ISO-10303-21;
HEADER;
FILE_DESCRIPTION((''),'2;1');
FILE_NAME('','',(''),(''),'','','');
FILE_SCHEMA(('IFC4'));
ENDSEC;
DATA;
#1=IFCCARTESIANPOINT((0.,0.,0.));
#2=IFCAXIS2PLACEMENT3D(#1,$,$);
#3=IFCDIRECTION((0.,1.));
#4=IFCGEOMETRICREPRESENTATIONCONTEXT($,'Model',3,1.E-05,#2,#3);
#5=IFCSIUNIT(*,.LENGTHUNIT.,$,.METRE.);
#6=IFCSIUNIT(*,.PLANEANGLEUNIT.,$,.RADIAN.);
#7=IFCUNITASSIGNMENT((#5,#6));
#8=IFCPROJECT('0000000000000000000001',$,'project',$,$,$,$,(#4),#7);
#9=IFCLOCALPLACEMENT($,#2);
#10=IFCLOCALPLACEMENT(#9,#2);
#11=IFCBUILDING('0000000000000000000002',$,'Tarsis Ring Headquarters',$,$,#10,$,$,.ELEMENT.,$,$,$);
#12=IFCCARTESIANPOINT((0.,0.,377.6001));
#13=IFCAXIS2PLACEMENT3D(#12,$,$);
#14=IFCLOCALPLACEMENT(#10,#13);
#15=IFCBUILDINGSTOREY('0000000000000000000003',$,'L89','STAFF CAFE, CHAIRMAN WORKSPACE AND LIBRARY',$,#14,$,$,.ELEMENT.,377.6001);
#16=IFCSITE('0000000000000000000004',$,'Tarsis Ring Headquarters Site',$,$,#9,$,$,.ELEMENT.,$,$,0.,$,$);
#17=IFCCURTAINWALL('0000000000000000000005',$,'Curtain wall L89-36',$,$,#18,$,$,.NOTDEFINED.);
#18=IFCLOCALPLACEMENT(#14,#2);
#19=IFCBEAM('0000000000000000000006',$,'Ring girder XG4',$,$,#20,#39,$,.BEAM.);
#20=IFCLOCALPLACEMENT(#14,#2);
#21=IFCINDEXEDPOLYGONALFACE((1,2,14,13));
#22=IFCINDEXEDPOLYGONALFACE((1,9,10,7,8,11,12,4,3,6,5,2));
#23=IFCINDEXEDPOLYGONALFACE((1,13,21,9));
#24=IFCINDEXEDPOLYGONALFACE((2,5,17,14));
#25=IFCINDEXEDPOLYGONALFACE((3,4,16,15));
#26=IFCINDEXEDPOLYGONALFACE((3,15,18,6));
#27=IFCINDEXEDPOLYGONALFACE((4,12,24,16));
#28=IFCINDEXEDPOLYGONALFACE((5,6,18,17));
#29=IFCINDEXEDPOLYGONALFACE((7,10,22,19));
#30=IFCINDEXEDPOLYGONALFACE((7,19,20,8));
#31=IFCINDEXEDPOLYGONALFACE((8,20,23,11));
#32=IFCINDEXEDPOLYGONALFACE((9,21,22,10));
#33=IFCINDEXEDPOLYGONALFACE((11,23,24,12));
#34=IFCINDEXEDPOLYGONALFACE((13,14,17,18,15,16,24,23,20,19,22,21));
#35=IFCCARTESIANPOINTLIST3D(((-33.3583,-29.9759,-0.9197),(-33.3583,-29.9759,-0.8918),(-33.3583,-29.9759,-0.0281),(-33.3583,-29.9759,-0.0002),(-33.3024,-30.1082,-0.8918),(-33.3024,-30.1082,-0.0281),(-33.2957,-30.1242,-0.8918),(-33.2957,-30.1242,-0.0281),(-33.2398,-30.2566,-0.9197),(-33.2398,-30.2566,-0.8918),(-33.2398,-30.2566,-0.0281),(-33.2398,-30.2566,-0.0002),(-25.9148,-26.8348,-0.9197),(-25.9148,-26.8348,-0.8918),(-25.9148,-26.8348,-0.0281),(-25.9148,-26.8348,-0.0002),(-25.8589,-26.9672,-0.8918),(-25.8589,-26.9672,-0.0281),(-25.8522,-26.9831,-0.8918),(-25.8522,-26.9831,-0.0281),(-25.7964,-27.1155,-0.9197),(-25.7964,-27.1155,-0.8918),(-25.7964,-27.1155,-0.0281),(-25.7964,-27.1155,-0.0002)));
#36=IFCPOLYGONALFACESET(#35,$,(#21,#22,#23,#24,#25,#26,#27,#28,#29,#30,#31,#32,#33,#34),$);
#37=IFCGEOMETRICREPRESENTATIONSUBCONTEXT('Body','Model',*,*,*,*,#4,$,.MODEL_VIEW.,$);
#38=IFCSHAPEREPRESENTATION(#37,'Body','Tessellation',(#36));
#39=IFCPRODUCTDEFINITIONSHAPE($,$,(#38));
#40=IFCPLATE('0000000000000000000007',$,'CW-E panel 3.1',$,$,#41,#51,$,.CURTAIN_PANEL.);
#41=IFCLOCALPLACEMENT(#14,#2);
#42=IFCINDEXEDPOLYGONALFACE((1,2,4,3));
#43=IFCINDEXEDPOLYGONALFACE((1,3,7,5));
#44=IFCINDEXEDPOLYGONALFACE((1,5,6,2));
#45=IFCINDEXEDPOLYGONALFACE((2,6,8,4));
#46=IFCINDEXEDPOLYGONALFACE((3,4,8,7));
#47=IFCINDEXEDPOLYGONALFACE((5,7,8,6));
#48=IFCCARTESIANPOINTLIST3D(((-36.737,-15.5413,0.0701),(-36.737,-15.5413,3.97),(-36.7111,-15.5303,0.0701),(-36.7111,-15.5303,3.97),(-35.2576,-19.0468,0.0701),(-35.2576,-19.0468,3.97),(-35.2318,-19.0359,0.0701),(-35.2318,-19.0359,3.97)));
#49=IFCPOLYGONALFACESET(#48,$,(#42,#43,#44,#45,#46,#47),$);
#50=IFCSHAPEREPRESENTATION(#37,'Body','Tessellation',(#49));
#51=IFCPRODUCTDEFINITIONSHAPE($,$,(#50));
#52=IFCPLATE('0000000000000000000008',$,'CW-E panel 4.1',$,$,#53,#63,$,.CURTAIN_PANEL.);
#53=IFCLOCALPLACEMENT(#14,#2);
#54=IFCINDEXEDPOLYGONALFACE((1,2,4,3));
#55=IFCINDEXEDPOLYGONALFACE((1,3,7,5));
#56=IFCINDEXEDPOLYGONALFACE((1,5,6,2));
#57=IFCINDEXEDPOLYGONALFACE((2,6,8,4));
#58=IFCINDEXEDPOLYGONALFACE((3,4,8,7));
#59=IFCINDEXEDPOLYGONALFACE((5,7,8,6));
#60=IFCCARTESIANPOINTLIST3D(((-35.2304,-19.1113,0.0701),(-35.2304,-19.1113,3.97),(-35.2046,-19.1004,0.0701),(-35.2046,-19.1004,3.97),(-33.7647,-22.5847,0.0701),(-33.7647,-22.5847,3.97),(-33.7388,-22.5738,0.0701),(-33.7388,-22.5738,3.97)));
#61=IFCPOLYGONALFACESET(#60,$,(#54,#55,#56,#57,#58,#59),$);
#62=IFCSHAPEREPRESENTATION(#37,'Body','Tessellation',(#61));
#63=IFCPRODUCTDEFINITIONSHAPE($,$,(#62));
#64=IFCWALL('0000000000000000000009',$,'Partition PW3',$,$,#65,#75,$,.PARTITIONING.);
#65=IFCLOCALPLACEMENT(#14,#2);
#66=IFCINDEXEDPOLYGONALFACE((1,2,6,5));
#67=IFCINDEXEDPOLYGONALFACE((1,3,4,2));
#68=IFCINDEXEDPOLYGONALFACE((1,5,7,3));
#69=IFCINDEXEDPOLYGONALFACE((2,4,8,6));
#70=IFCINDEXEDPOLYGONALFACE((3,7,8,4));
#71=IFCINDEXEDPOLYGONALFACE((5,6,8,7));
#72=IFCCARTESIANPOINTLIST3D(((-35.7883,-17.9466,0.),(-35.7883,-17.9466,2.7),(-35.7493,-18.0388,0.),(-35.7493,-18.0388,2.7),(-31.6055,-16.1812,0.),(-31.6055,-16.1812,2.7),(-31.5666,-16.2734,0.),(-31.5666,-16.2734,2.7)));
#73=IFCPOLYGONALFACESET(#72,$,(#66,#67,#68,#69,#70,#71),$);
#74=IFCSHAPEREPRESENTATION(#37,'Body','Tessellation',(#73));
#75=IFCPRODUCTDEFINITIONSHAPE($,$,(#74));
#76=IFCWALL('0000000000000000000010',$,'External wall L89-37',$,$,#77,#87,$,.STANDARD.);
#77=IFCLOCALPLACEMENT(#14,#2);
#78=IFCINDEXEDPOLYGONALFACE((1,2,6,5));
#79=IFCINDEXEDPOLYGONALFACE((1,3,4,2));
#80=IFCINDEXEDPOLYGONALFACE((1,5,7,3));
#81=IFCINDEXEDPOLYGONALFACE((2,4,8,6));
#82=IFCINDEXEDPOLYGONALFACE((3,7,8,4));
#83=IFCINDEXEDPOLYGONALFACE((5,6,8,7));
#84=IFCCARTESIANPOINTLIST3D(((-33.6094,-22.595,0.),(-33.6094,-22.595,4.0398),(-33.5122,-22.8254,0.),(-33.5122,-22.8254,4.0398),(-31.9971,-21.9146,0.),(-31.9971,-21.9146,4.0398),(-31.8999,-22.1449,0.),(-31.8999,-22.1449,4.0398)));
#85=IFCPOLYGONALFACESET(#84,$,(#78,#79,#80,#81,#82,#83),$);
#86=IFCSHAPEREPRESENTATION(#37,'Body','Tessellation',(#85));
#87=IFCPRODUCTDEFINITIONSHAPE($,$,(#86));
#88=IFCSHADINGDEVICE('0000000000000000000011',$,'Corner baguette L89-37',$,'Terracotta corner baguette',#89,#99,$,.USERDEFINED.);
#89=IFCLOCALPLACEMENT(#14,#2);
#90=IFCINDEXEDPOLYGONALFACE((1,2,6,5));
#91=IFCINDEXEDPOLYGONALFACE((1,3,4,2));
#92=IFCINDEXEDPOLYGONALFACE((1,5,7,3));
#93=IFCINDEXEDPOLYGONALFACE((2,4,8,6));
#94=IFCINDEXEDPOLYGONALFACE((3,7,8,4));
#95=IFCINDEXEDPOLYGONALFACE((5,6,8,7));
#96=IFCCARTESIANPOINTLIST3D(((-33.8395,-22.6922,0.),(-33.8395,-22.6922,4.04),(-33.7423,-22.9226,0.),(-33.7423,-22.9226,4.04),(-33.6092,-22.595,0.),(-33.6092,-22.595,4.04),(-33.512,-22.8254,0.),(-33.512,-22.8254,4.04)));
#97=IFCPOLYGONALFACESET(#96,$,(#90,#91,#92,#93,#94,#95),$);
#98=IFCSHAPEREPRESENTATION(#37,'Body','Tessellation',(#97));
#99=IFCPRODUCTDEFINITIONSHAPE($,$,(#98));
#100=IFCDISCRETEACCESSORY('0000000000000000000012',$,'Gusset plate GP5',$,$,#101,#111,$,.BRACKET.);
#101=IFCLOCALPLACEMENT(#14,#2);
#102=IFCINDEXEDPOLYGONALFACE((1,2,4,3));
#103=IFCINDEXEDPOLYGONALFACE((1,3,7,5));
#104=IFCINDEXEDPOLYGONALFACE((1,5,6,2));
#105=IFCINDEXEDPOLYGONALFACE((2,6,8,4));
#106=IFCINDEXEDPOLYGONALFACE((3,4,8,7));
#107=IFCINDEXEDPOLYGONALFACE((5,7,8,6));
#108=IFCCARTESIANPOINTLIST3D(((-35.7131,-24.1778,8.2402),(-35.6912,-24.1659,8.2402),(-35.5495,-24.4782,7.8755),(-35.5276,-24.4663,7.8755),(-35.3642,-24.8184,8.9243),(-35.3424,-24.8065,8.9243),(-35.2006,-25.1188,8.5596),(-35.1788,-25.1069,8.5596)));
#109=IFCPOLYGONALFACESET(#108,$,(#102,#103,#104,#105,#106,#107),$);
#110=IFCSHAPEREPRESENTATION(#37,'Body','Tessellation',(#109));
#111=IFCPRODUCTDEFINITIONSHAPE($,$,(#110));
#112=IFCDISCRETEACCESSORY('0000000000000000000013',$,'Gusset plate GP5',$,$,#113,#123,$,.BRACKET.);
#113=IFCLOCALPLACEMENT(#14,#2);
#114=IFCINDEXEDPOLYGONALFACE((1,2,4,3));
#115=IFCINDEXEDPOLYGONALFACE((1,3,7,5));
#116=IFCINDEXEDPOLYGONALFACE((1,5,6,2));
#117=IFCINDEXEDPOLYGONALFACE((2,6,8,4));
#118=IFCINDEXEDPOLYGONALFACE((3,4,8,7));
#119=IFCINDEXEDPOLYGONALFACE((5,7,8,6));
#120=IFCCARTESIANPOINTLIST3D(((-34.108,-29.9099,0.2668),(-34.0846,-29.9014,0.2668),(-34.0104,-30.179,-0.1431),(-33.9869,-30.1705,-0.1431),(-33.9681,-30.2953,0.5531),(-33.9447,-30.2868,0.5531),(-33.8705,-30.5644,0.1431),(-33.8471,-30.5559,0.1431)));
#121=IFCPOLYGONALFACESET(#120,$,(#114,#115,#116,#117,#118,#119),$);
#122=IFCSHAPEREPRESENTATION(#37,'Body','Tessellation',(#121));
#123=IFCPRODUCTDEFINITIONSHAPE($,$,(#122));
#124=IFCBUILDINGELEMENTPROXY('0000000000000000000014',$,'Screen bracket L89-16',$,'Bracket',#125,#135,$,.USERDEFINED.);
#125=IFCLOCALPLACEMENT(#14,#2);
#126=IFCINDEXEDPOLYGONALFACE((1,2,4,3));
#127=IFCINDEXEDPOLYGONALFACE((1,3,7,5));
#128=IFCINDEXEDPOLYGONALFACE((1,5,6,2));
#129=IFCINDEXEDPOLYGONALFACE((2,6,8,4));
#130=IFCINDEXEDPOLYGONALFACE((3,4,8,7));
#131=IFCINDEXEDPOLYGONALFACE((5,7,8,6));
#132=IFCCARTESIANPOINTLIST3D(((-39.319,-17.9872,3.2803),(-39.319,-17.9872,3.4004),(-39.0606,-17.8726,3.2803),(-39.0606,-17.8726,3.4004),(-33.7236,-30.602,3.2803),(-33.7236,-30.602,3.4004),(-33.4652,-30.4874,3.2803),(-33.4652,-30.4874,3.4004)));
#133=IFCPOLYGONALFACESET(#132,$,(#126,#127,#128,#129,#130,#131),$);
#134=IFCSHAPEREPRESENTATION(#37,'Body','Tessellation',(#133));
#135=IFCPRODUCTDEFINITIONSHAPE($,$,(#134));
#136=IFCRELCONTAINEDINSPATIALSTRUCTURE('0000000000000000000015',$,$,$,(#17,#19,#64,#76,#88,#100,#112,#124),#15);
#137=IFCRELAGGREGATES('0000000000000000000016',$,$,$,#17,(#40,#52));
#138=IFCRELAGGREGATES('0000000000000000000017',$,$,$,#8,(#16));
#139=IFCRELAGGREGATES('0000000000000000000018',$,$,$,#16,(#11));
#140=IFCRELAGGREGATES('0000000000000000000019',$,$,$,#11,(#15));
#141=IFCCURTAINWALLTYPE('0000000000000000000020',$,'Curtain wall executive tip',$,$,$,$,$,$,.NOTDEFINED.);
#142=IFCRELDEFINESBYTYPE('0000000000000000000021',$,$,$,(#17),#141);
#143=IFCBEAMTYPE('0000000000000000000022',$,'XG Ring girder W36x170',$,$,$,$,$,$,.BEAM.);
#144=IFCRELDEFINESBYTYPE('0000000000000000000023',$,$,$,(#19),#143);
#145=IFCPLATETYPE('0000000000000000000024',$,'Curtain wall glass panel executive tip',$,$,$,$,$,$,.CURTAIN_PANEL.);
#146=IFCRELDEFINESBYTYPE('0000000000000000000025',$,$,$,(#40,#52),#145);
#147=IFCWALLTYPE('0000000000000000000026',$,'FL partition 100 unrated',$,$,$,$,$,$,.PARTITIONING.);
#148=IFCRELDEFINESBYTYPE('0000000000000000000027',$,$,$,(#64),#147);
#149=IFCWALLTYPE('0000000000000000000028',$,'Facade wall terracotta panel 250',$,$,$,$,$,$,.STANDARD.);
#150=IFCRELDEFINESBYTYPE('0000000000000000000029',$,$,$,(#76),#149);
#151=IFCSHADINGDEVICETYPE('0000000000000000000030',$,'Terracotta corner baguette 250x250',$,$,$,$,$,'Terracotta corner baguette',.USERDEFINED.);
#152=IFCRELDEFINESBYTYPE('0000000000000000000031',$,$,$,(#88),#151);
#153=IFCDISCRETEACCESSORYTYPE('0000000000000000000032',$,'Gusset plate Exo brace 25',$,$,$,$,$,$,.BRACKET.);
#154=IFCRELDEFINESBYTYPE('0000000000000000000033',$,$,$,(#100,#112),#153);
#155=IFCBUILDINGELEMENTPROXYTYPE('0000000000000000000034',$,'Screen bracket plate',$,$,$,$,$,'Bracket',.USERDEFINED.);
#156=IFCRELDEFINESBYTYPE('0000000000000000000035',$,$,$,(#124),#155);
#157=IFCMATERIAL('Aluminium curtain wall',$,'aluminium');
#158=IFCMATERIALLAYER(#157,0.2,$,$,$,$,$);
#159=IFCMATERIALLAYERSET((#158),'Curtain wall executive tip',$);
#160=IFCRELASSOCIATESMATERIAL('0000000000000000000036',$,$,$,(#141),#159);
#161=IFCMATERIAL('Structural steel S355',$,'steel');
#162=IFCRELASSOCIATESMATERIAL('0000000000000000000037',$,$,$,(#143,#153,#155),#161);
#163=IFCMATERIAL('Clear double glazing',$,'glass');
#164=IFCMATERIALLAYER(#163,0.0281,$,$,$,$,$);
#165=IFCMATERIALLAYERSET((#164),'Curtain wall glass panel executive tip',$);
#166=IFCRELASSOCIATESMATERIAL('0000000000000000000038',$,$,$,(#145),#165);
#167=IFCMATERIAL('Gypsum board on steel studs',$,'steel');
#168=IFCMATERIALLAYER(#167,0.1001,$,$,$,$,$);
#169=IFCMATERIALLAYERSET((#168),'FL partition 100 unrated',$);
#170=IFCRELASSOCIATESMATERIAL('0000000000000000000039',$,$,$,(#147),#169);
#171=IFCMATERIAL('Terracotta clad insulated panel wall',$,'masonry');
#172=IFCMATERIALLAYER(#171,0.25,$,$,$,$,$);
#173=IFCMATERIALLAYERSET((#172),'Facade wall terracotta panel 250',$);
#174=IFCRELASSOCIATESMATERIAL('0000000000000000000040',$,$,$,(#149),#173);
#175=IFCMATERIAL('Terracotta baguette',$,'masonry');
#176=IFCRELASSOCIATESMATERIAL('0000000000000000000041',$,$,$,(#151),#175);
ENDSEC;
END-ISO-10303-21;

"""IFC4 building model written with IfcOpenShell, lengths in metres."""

from ifc_helpers import new_model, si_unit, direction, frame, frame_2d, origin, origin_2d, place, context, subcontext, project, spatial, rectangle, i_section, extrude, material, layer, layer_set, material_profile, profile_set, type_object, element, aggregate, save


model = new_model("IFC4")

# Units and contexts
model_context = context("Model", 3, precision=1e-05, world=origin(), true_north=direction((0.0, 1.0)))
body_context = subcontext(model_context, "Body", "Model", "MODEL_VIEW")
ifc_project = project(units=[si_unit("LENGTHUNIT", "METRE"), si_unit("PLANEANGLEUNIT", "RADIAN")], contexts=[model_context])

# Site, building, storey
site_placement = place(None, origin())
site = spatial("IfcSite", under=ifc_project, at=site_placement, Name="Tarsis Ring Headquarters Site", CompositionType="ELEMENT", RefElevation=0.0)
building_placement = place(site_placement, origin())
building = spatial("IfcBuilding", under=site, at=building_placement, Name="Tarsis Ring Headquarters", CompositionType="ELEMENT")
storey_placement = place(building_placement, frame((0.0, 0.0, 377.6001)))
storey = spatial("IfcBuildingStorey", under=building, at=storey_placement, Name="L89", Description="STAFF CAFE, CHAIRMAN WORKSPACE AND LIBRARY", CompositionType="ELEMENT", Elevation=377.6001)

# Shared definitions
ifc_material_1 = material(Name="Structural steel S355", Category="steel")

# Curtain wall
ifc_material_2 = material(Name="Aluminium curtain wall", Category="aluminium")
ifc_layer_1 = layer(ifc_material_2, 0.2)
ifc_layer_set_1 = layer_set([ifc_layer_1], Name="Curtain wall executive tip")
curtain_wall_type = type_object("IfcCurtainWallType", Name="Curtain wall executive tip", PredefinedType="NOTDEFINED", material=ifc_layer_set_1)
curtain_wall_placement = place(storey_placement, origin())
curtain_wall = element("IfcCurtainWall", 1, at=curtain_wall_placement, inside=storey, type_object=curtain_wall_type, Name="Curtain wall L89-36", PredefinedType="NOTDEFINED")

# Beam
ifc_material_profile_1 = material_profile(ifc_material_1, i_section(OverallWidth=0.3047, OverallDepth=0.9194, WebThickness=0.0173, FlangeThickness=0.0278, at=origin_2d()), Name="W36x170")
ifc_profile_set_1 = profile_set([ifc_material_profile_1], Name="Structural steel S355")
beam_type = type_object("IfcBeamType", Name="XG Ring girder W36x170", PredefinedType="BEAM", material=ifc_profile_set_1)
beam_1_placement = place(storey_placement, frame((-33.2991, -30.1162, -0.46), z_axis=(0.921327, 0.388789, 0.0), x_axis=(-0.388789, 0.921327, 0.0)))
element("IfcBeam", 2, at=beam_1_placement, inside=storey, type_object=beam_type, Name="Ring girder XG4", PredefinedType="BEAM", context=body_context, shape_type="SweptSolid", body=[
    extrude(i_section(OverallWidth=0.3047, OverallDepth=0.9194, WebThickness=0.0173, FlangeThickness=0.0278, at=origin_2d()), origin(), (0.0, 0.0, 1.0), 8.0791),
])

# Plates
ifc_material_3 = material(Name="Clear double glazing", Category="glass")
ifc_layer_2 = layer(ifc_material_3, 0.0281)
ifc_layer_set_2 = layer_set([ifc_layer_2], Name="Curtain wall glass panel executive tip")
plate_type = type_object("IfcPlateType", Name="Curtain wall glass panel executive tip", PredefinedType="CURTAIN_PANEL", material=ifc_layer_set_2)
plate_1_placement = place(storey_placement, frame((-35.9844, -17.2886, 0.0701), z_axis=(0.0, 0.0, 1.0), x_axis=(0.388802, -0.921321, 0.0)))
plate_1 = element("IfcPlate", 3, at=plate_1_placement, type_object=plate_type, Name="CW-E panel 3.1", PredefinedType="CURTAIN_PANEL", context=body_context, shape_type="SweptSolid", body=[
    extrude(rectangle(XDim=3.8049, YDim=0.0281, at=origin_2d()), origin(), (0.0, 0.0, 1.0), 3.8999),
])
plate_2_placement = place(storey_placement, frame((-34.4846, -20.8425, 0.0701), z_axis=(0.0, 0.0, 1.0), x_axis=(0.388802, -0.921321, 0.0)))
plate_2 = element("IfcPlate", 4, at=plate_2_placement, type_object=plate_type, Name="CW-E panel 4.1", PredefinedType="CURTAIN_PANEL", context=body_context, shape_type="SweptSolid", body=[
    extrude(rectangle(XDim=3.77, YDim=0.0281, at=origin_2d()), origin(), (0.0, 0.0, 1.0), 3.8999),
])
aggregate(curtain_wall, [plate_1, plate_2])

# Walls
ifc_material_4 = material(Name="Gypsum board on steel studs", Category="steel")
ifc_layer_3 = layer(ifc_material_4, 0.1001)
ifc_layer_set_3 = layer_set([ifc_layer_3], Name="FL partition 100 unrated")
wall_type_1 = type_object("IfcWallType", Name="FL partition 100 unrated", PredefinedType="PARTITIONING", material=ifc_layer_set_3)
wall_1_placement = place(storey_placement, frame((-35.7688, -17.9927, 0.0), z_axis=(0.0, 0.0, 1.0), x_axis=(0.921306, 0.388838, 0.0)))
element("IfcWall", 5, at=wall_1_placement, inside=storey, type_object=wall_type_1, Name="Partition PW3", PredefinedType="PARTITIONING", context=body_context, shape_type="SweptSolid", body=[
    extrude(rectangle(XDim=4.54, YDim=0.1001, at=frame_2d((2.27, 0.0))), origin(), (0.0, 0.0, 1.0), 2.7),
])
ifc_material_5 = material(Name="Terracotta clad insulated panel wall", Category="masonry")
ifc_layer_4 = layer(ifc_material_5, 0.25)
ifc_layer_set_4 = layer_set([ifc_layer_4], Name="Facade wall terracotta panel 250")
wall_type_2 = type_object("IfcWallType", Name="Facade wall terracotta panel 250", PredefinedType="STANDARD", material=ifc_layer_set_4)
wall_2_placement = place(storey_placement, frame((-33.5608, -22.7102, 0.0), z_axis=(0.0, 0.0, 1.0), x_axis=(0.921317, 0.388812, 0.0)))
element("IfcWall", 6, at=wall_2_placement, inside=storey, type_object=wall_type_2, Name="External wall L89-37", PredefinedType="STANDARD", context=body_context, shape_type="SweptSolid", body=[
    extrude(rectangle(XDim=1.75, YDim=0.25, at=frame_2d((0.875, 0.0))), origin(), (0.0, 0.0, 1.0), 4.0398),
])

# Shading device
ifc_material_6 = material(Name="Terracotta baguette", Category="masonry")
shading_device_type_1 = type_object("IfcShadingDeviceType", Name="Terracotta corner baguette 250x250", ElementType="Terracotta corner baguette", PredefinedType="USERDEFINED", material=ifc_material_6)
shading_device_1_placement = place(storey_placement, frame((-33.6758, -22.7588, 0.0), z_axis=(0.0, 0.0, 1.0), x_axis=(0.388802, -0.921321, 0.0)))
element("IfcShadingDevice", 7, at=shading_device_1_placement, inside=storey, type_object=shading_device_type_1, Name="Corner baguette L89-37", ObjectType="Terracotta corner baguette", PredefinedType="USERDEFINED", context=body_context, shape_type="SweptSolid", body=[
    extrude(rectangle(XDim=0.25, YDim=0.25, at=origin_2d()), origin(), (0.0, 0.0, 1.0), 4.04),
])

# Discrete accessories
ifc_material_profile_2 = material_profile(ifc_material_1, rectangle(XDim=0.0249, YDim=0.5, at=origin_2d()), Name="PL 25x500")
ifc_profile_set_2 = profile_set([ifc_material_profile_2], Name="Structural steel S355")
discrete_accessory_type = type_object("IfcDiscreteAccessoryType", Name="Gusset plate Exo brace 25", PredefinedType="BRACKET", material=ifc_profile_set_2)
discrete_accessory_1_placement = place(storey_placement, frame((-35.6204, -24.322, 8.0579), z_axis=(0.348862, -0.640598, 0.684053), x_axis=(0.878215, 0.478266, 0.0)))
element("IfcDiscreteAccessory", 8, at=discrete_accessory_1_placement, inside=storey, type_object=discrete_accessory_type, Name="Gusset plate GP5", PredefinedType="BRACKET", context=body_context, shape_type="SweptSolid", body=[
    extrude(rectangle(XDim=0.0249, YDim=0.5, at=origin_2d()), origin(), (0.0, 0.0, 1.0), 1.0),
])
discrete_accessory_2_placement = place(storey_placement, frame((-33.9287, -30.3674, 0.0), z_axis=(-0.195333, 0.538141, 0.819908), x_axis=(-0.939993, -0.341195, 0.0)))
element("IfcDiscreteAccessory", 9, at=discrete_accessory_2_placement, inside=storey, type_object=discrete_accessory_type, Name="Gusset plate GP5", PredefinedType="BRACKET", context=body_context, shape_type="SweptSolid", body=[
    extrude(rectangle(XDim=0.0249, YDim=0.5, at=origin_2d()), origin(), (0.0, 0.0, 1.0), 0.5),
])

# Building element proxy
building_element_proxy_type = type_object("IfcBuildingElementProxyType", Name="Screen bracket plate", ElementType="Bracket", PredefinedType="USERDEFINED", material=ifc_material_1)
proxy_placement = place(storey_placement, frame((-36.3921, -24.2373, 3.2803), z_axis=(0.0, 0.0, 1.0), x_axis=(0.405461, -0.914112, 0.0)))
element("IfcBuildingElementProxy", 10, at=proxy_placement, inside=storey, type_object=building_element_proxy_type, Name="Screen bracket L89-16", ObjectType="Bracket", PredefinedType="USERDEFINED", context=body_context, shape_type="SweptSolid", body=[
    extrude(rectangle(XDim=13.8, YDim=0.2827, at=origin_2d()), origin(), (0.0, 0.0, 1.0), 0.1201),
])

save(model, "model.ifc")
